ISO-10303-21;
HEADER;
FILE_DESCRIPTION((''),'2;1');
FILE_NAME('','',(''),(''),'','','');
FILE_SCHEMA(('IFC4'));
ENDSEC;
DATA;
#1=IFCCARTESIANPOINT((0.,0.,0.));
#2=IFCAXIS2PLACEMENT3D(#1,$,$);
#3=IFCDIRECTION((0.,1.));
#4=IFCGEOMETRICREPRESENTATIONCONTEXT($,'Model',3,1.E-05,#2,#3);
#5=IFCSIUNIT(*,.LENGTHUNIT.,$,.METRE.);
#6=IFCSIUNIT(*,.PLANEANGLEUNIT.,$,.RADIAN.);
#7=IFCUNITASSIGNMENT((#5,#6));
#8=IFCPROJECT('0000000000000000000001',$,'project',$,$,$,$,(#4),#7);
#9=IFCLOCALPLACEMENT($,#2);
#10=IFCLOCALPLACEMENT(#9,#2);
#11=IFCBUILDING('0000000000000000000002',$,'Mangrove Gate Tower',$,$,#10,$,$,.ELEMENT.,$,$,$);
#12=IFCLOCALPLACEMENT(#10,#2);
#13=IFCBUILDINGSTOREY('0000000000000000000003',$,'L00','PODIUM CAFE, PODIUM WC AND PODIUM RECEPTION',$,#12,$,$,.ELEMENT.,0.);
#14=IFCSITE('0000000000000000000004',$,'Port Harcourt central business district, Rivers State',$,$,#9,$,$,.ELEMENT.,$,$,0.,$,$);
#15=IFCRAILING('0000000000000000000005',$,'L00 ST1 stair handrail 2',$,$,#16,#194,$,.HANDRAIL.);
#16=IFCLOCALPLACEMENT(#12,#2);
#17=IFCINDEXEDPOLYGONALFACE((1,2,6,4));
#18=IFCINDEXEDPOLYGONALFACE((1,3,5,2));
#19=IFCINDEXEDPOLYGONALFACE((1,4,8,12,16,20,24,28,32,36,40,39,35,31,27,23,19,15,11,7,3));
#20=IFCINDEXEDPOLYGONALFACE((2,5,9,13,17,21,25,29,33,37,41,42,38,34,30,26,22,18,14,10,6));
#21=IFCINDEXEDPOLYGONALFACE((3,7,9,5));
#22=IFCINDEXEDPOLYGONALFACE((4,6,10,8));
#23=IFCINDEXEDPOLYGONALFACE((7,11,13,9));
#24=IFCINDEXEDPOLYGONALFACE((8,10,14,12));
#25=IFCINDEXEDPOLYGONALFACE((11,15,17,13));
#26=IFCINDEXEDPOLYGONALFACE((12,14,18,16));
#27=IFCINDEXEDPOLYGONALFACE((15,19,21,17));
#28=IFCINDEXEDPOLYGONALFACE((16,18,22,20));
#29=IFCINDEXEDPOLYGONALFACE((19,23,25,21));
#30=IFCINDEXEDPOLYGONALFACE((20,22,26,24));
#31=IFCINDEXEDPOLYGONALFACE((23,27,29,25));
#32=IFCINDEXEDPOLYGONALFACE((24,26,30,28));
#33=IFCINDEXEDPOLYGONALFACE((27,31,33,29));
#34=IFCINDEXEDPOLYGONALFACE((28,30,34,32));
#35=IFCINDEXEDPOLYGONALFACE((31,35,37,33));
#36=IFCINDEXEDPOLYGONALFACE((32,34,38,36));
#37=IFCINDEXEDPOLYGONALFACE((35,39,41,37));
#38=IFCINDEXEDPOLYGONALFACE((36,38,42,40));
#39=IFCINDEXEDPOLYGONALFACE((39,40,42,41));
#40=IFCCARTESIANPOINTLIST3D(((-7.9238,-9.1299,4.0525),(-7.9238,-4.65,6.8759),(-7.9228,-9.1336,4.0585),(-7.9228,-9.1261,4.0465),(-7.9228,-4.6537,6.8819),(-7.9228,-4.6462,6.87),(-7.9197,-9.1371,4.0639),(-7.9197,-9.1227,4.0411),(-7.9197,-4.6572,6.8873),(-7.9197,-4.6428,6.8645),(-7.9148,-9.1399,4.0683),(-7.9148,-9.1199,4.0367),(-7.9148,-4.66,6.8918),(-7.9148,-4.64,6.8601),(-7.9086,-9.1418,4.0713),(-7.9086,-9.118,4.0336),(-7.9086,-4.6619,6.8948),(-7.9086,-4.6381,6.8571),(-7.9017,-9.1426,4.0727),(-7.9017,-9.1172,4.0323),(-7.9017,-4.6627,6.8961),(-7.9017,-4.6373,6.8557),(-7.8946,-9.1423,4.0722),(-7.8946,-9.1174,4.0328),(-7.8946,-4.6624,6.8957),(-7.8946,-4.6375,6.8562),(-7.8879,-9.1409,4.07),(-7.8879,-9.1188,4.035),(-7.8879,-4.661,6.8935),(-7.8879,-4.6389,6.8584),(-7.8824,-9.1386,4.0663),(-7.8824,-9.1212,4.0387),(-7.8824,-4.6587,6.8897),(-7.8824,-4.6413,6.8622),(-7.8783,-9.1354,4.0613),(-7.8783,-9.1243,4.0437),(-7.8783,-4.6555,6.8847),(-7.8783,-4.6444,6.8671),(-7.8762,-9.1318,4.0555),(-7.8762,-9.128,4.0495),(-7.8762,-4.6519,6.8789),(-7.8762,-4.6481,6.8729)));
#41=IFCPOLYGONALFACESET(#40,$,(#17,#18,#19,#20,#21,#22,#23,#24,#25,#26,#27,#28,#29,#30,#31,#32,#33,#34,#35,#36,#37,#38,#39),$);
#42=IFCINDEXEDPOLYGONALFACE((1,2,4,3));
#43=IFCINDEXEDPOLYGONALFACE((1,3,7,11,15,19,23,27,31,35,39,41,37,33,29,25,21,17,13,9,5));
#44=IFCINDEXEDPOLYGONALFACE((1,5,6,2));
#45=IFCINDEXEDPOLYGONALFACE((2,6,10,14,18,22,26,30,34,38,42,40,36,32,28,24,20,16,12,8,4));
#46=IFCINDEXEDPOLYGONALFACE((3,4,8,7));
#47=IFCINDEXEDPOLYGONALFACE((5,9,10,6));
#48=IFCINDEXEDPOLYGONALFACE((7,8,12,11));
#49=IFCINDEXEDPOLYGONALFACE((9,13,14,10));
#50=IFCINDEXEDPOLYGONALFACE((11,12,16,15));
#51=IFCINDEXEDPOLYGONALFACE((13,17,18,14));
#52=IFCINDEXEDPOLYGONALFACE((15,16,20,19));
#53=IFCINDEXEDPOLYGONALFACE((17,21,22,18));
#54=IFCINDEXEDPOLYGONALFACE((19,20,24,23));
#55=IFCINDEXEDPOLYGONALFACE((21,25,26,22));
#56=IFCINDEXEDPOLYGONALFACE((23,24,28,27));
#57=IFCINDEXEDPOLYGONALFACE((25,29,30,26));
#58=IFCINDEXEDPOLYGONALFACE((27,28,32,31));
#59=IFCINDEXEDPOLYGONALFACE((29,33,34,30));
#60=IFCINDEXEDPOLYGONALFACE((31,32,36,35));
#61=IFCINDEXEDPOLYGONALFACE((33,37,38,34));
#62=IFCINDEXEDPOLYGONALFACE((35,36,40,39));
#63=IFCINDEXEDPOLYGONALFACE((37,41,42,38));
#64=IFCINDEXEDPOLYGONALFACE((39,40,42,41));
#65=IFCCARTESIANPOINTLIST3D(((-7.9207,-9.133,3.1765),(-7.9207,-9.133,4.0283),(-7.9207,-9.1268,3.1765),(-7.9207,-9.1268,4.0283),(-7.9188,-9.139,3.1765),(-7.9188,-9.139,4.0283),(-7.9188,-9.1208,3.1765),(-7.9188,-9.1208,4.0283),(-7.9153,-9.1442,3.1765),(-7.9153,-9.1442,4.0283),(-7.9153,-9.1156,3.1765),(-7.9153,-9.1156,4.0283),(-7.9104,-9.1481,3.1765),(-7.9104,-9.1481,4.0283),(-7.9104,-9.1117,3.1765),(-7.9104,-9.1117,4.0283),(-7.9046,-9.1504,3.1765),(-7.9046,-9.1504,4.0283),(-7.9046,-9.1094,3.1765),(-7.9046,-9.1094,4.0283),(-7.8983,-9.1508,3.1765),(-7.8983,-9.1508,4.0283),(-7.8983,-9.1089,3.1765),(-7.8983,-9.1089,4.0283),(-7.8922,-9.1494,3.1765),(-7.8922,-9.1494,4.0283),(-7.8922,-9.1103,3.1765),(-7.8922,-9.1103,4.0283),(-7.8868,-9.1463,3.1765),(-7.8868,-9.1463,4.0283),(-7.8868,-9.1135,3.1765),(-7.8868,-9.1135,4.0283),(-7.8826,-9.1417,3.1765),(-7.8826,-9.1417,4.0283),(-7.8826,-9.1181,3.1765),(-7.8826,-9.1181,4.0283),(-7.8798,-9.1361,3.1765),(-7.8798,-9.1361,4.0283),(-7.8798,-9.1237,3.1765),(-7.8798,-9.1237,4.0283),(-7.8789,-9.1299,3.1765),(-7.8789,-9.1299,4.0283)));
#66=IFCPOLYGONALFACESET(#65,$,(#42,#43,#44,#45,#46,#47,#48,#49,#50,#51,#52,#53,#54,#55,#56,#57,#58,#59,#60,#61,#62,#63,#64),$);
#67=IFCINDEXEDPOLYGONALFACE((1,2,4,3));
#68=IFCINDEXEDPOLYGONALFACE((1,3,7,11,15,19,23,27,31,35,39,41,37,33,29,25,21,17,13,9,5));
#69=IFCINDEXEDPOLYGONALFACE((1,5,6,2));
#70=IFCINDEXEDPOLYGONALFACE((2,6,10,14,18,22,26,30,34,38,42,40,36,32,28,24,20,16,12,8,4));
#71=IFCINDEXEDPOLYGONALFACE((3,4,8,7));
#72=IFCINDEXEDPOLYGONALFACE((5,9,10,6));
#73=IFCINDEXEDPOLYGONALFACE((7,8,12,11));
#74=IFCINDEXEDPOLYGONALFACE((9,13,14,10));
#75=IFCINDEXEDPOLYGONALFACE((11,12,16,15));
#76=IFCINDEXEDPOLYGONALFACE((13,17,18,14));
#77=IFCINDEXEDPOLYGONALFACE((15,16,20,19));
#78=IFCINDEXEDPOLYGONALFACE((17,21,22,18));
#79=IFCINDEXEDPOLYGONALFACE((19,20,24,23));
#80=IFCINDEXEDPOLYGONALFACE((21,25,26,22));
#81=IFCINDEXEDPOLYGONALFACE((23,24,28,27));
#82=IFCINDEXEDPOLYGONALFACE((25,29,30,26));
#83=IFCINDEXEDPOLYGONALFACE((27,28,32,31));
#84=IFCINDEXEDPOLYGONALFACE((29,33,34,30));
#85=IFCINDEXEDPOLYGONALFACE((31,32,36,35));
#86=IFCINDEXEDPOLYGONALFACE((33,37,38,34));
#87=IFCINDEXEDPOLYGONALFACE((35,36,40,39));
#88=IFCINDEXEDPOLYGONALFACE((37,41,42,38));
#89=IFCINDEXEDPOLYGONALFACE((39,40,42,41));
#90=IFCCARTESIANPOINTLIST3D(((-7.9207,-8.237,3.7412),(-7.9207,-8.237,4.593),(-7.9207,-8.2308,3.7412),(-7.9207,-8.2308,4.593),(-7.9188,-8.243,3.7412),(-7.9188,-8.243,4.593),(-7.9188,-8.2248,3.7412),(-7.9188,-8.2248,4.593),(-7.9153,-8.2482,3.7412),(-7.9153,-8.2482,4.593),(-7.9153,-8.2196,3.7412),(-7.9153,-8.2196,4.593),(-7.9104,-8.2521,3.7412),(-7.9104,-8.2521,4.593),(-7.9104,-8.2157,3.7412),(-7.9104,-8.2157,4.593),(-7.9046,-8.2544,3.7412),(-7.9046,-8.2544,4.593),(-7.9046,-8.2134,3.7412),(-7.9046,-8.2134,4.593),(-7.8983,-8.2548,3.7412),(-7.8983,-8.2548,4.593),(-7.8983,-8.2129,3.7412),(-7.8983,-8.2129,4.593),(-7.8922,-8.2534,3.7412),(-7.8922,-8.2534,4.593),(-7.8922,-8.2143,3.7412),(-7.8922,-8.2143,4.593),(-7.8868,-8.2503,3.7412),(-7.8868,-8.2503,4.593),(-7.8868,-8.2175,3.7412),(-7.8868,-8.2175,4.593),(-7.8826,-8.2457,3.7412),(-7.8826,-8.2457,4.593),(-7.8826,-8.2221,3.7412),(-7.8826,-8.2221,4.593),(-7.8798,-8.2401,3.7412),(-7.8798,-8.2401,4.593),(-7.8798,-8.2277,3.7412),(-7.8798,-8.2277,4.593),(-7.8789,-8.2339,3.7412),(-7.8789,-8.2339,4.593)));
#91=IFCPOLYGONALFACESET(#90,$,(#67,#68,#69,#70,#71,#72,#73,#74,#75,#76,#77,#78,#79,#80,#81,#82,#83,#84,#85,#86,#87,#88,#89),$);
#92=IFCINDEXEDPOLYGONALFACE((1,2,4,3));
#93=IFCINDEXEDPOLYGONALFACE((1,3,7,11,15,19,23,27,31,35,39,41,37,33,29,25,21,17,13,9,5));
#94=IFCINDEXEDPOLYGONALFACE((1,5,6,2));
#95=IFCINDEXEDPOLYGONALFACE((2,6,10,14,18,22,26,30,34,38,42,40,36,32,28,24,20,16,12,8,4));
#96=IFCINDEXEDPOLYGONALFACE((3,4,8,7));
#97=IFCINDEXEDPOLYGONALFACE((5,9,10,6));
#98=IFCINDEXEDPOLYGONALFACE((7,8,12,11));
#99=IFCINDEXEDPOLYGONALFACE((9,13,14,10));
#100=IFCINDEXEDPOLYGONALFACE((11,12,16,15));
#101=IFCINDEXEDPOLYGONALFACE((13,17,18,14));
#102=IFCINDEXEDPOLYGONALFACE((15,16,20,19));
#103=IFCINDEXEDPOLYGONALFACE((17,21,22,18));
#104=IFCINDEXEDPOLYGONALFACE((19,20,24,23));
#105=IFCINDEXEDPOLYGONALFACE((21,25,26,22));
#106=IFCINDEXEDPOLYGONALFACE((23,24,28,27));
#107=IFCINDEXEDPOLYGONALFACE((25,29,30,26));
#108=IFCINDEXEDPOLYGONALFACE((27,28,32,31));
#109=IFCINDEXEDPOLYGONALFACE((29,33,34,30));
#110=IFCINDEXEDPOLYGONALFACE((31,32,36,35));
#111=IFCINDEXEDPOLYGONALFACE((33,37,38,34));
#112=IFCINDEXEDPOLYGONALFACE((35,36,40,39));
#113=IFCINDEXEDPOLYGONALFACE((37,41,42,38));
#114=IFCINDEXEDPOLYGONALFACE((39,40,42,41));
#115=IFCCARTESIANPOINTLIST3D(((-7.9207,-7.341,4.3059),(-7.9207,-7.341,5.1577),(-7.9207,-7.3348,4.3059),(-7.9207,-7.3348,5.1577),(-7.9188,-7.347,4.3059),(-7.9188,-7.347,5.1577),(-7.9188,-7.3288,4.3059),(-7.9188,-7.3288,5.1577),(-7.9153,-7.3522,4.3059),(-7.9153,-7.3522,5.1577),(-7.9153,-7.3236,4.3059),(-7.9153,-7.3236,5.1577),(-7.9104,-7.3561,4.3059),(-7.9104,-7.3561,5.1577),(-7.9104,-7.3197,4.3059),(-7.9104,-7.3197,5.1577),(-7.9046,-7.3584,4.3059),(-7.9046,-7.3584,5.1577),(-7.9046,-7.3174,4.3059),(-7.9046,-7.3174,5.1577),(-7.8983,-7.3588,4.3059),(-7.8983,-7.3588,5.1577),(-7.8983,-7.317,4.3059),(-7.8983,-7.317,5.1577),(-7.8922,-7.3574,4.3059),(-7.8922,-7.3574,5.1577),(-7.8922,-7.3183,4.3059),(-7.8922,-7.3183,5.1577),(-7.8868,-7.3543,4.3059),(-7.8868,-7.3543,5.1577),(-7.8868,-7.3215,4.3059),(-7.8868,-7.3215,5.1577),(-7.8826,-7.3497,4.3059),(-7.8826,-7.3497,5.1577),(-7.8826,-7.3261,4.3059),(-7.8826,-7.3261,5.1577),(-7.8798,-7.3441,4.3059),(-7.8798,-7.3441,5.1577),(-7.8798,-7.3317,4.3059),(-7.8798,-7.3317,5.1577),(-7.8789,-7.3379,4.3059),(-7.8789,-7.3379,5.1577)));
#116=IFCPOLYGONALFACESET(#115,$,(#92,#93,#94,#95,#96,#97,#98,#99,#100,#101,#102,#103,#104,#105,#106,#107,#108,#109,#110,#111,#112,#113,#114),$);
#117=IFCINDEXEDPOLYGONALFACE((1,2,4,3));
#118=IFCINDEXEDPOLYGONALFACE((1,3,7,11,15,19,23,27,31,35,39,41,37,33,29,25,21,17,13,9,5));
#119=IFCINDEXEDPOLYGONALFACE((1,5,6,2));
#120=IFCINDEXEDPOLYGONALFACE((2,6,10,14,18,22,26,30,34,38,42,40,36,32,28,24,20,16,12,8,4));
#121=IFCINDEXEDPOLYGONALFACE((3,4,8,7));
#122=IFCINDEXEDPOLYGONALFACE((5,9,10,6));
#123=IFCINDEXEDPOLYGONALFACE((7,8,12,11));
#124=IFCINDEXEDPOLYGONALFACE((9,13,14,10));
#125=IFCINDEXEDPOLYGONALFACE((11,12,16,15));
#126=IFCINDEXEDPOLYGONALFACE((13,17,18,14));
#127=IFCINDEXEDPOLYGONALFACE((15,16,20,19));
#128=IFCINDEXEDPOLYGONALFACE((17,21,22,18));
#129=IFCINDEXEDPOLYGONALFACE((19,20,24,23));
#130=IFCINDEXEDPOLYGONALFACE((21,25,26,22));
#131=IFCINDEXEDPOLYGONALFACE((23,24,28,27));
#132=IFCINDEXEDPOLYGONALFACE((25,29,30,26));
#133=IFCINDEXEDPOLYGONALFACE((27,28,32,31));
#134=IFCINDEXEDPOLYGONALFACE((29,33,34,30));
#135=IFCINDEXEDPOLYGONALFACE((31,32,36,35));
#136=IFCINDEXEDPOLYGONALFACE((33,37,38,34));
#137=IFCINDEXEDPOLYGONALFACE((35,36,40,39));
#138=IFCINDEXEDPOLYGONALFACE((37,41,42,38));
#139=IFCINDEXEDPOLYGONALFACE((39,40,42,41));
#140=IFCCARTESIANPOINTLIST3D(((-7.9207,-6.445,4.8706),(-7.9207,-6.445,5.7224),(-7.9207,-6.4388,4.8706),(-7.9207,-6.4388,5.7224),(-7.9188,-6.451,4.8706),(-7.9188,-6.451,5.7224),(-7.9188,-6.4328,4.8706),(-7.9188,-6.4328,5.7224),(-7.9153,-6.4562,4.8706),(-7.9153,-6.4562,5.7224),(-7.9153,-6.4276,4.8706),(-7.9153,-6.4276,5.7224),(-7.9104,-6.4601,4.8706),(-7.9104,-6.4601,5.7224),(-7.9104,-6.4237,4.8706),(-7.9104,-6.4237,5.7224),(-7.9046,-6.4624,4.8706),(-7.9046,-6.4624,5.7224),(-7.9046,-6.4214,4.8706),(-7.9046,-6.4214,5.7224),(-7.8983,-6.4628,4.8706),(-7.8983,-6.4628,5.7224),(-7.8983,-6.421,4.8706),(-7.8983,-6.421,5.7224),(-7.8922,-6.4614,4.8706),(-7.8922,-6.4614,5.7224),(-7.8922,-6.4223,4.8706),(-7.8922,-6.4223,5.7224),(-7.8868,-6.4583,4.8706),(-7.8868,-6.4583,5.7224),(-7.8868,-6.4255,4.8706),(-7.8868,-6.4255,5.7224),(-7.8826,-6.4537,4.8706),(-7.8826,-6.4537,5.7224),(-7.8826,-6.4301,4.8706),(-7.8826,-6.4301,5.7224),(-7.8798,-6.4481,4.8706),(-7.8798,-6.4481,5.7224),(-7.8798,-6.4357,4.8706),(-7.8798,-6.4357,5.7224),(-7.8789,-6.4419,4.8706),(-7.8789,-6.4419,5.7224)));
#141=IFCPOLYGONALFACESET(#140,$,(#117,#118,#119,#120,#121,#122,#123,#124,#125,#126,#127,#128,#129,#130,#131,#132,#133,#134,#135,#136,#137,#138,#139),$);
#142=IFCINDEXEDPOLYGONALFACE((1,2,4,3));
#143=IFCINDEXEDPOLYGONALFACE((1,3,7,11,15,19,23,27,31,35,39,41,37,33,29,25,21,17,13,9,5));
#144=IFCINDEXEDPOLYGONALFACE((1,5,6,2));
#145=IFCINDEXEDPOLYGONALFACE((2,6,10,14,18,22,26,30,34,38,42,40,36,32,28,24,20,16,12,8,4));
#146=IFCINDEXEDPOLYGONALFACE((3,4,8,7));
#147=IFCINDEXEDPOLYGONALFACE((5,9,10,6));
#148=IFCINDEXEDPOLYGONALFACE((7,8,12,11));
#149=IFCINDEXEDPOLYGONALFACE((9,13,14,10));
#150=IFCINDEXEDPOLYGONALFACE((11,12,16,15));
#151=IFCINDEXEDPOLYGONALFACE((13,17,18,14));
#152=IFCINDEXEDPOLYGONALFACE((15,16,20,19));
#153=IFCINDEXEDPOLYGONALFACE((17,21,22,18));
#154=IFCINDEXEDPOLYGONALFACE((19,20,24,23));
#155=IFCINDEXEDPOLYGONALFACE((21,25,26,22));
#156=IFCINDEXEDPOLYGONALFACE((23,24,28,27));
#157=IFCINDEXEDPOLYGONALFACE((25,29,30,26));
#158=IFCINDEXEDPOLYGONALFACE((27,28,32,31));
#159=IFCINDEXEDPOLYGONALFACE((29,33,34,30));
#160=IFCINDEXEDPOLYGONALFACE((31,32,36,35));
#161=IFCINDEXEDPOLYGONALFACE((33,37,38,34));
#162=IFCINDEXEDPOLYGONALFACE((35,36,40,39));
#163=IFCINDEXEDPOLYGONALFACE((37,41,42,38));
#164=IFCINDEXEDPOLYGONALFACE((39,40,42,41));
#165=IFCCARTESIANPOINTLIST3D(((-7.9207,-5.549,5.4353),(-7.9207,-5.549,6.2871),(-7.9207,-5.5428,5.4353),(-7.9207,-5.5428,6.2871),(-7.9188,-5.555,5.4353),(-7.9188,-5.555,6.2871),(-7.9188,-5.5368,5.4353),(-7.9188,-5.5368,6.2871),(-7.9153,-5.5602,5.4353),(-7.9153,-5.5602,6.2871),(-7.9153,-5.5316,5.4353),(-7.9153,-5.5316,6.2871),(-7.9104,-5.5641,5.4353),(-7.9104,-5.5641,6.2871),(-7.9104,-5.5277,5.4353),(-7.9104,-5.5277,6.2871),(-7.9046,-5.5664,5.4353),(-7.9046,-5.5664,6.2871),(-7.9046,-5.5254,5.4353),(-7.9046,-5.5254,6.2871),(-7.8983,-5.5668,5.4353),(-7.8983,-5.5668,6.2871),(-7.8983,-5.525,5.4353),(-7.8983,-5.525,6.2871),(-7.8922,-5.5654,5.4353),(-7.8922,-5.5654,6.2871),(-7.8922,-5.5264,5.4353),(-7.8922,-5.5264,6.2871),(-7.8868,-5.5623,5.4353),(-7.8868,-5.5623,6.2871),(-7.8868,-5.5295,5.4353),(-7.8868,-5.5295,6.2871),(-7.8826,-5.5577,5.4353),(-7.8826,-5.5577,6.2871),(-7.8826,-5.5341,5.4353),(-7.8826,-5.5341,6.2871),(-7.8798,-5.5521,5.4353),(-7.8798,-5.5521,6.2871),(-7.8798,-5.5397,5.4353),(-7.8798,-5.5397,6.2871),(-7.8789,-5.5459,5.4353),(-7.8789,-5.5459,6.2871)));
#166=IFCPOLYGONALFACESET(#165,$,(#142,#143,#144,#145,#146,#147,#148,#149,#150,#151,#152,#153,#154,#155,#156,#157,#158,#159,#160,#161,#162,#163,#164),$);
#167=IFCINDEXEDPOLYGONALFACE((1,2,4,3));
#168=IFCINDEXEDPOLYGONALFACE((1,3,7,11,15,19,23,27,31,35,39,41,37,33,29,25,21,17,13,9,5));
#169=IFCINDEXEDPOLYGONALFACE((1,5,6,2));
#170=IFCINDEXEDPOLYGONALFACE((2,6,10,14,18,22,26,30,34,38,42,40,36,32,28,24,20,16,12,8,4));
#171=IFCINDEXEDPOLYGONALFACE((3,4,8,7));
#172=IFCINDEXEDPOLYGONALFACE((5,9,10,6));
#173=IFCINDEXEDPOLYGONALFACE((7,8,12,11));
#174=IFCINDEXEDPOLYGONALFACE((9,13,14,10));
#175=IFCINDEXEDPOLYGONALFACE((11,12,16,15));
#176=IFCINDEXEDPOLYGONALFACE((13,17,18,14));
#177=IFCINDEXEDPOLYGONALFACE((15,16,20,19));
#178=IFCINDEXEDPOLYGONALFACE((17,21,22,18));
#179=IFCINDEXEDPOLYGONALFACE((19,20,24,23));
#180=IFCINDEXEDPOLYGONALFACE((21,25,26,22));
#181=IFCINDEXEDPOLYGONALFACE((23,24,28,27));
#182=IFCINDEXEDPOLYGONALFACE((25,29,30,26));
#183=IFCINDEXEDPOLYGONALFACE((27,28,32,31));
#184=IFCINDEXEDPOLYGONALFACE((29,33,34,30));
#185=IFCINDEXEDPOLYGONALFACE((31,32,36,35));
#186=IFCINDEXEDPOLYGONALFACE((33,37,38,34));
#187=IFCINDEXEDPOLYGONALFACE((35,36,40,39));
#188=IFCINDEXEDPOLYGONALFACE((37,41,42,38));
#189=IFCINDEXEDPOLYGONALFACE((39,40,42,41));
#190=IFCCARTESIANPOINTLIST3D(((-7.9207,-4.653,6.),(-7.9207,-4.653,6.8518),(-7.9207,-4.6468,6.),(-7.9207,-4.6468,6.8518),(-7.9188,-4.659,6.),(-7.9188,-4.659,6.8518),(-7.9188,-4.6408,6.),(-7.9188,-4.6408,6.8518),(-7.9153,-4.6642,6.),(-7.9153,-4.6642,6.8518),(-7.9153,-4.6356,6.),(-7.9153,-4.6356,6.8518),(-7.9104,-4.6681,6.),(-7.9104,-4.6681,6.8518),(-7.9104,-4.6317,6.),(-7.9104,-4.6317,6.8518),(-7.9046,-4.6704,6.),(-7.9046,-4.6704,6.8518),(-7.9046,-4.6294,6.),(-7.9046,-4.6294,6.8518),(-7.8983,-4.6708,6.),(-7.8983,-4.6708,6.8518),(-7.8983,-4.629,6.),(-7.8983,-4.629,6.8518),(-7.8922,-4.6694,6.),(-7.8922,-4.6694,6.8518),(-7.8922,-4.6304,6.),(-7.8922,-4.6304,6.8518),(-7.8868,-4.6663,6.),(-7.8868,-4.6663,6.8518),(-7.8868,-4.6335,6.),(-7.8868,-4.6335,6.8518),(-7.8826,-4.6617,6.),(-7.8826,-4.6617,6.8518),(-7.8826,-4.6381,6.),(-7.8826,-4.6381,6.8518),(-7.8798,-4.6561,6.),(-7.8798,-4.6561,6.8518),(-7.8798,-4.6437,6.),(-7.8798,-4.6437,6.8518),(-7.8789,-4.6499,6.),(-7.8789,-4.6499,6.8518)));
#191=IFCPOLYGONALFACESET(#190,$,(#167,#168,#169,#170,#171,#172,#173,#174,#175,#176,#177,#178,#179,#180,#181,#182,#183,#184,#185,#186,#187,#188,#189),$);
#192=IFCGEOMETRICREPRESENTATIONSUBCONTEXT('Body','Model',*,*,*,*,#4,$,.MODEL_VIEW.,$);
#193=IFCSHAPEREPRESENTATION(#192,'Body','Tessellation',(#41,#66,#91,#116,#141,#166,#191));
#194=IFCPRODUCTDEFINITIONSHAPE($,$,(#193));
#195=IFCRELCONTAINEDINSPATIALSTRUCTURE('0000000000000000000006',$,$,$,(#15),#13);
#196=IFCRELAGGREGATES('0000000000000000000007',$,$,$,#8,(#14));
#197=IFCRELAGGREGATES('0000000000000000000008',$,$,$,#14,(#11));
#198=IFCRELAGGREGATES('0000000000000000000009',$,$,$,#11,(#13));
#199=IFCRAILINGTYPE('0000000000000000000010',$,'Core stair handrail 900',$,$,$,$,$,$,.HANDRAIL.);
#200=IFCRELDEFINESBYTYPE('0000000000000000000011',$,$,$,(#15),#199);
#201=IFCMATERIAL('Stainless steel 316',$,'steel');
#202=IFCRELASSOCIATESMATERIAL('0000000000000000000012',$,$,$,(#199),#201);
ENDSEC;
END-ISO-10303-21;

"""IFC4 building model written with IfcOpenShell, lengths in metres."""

from ifc_helpers import new_model, si_unit, direction, frame, origin, origin_2d, place, context, subcontext, project, spatial, circle, extrude, material, type_object, element, save


model = new_model("IFC4")

# Units and contexts
model_context = context("Model", 3, precision=1e-05, world=origin(), true_north=direction((0.0, 1.0)))
body_context = subcontext(model_context, "Body", "Model", "MODEL_VIEW")
ifc_project = project(units=[si_unit("LENGTHUNIT", "METRE"), si_unit("PLANEANGLEUNIT", "RADIAN")], contexts=[model_context])

# Site, building, storey
site_placement = place(None, origin())
site = spatial("IfcSite", under=ifc_project, at=site_placement, Name="Port Harcourt central business district, Rivers State", CompositionType="ELEMENT", RefElevation=0.0)
building_placement = place(site_placement, origin())
building = spatial("IfcBuilding", under=site, at=building_placement, Name="Mangrove Gate Tower", CompositionType="ELEMENT")
storey_placement = place(building_placement, origin())
storey = spatial("IfcBuildingStorey", under=building, at=storey_placement, Name="L00", Description="PODIUM CAFE, PODIUM WC AND PODIUM RECEPTION", CompositionType="ELEMENT", Elevation=0.0)

# Railing
ifc_material_1 = material(Name="Stainless steel 316", Category="steel")
railing_type_1 = type_object("IfcRailingType", Name="Core stair handrail 900", PredefinedType="HANDRAIL", material=ifc_material_1)
railing_1_placement = place(storey_placement, frame((-7.8999, -9.1299, 3.1765)))
element("IfcRailing", 1, at=railing_1_placement, inside=storey, type_object=railing_type_1, Name="L00 ST1 stair handrail 2", PredefinedType="HANDRAIL", context=body_context, shape_type="SweptSolid", body=[
    extrude(circle(Radius=0.0239, at=origin_2d()), frame((0.0, 0.0, 0.876), z_axis=(0.0, 0.845998, 0.533186), x_axis=(-1.0, 0.0, 0.0)), (0.0, 0.0, 1.0), 5.2954),
    extrude(circle(Radius=0.021, at=origin_2d()), origin(), (0.0, 0.0, 1.0), 0.8518),
    extrude(circle(Radius=0.021, at=origin_2d()), frame((0.0, 0.896, 0.5647)), (0.0, 0.0, 1.0), 0.8518),
    extrude(circle(Radius=0.021, at=origin_2d()), frame((0.0, 1.792, 1.1294)), (0.0, 0.0, 1.0), 0.8518),
    extrude(circle(Radius=0.021, at=origin_2d()), frame((0.0, 2.688, 1.6941)), (0.0, 0.0, 1.0), 0.8518),
    extrude(circle(Radius=0.021, at=origin_2d()), frame((0.0, 3.584, 2.2588)), (0.0, 0.0, 1.0), 0.8518),
    extrude(circle(Radius=0.021, at=origin_2d()), frame((0.0, 4.48, 2.8235)), (0.0, 0.0, 1.0), 0.8518),
])

save(model, "model.ifc")
